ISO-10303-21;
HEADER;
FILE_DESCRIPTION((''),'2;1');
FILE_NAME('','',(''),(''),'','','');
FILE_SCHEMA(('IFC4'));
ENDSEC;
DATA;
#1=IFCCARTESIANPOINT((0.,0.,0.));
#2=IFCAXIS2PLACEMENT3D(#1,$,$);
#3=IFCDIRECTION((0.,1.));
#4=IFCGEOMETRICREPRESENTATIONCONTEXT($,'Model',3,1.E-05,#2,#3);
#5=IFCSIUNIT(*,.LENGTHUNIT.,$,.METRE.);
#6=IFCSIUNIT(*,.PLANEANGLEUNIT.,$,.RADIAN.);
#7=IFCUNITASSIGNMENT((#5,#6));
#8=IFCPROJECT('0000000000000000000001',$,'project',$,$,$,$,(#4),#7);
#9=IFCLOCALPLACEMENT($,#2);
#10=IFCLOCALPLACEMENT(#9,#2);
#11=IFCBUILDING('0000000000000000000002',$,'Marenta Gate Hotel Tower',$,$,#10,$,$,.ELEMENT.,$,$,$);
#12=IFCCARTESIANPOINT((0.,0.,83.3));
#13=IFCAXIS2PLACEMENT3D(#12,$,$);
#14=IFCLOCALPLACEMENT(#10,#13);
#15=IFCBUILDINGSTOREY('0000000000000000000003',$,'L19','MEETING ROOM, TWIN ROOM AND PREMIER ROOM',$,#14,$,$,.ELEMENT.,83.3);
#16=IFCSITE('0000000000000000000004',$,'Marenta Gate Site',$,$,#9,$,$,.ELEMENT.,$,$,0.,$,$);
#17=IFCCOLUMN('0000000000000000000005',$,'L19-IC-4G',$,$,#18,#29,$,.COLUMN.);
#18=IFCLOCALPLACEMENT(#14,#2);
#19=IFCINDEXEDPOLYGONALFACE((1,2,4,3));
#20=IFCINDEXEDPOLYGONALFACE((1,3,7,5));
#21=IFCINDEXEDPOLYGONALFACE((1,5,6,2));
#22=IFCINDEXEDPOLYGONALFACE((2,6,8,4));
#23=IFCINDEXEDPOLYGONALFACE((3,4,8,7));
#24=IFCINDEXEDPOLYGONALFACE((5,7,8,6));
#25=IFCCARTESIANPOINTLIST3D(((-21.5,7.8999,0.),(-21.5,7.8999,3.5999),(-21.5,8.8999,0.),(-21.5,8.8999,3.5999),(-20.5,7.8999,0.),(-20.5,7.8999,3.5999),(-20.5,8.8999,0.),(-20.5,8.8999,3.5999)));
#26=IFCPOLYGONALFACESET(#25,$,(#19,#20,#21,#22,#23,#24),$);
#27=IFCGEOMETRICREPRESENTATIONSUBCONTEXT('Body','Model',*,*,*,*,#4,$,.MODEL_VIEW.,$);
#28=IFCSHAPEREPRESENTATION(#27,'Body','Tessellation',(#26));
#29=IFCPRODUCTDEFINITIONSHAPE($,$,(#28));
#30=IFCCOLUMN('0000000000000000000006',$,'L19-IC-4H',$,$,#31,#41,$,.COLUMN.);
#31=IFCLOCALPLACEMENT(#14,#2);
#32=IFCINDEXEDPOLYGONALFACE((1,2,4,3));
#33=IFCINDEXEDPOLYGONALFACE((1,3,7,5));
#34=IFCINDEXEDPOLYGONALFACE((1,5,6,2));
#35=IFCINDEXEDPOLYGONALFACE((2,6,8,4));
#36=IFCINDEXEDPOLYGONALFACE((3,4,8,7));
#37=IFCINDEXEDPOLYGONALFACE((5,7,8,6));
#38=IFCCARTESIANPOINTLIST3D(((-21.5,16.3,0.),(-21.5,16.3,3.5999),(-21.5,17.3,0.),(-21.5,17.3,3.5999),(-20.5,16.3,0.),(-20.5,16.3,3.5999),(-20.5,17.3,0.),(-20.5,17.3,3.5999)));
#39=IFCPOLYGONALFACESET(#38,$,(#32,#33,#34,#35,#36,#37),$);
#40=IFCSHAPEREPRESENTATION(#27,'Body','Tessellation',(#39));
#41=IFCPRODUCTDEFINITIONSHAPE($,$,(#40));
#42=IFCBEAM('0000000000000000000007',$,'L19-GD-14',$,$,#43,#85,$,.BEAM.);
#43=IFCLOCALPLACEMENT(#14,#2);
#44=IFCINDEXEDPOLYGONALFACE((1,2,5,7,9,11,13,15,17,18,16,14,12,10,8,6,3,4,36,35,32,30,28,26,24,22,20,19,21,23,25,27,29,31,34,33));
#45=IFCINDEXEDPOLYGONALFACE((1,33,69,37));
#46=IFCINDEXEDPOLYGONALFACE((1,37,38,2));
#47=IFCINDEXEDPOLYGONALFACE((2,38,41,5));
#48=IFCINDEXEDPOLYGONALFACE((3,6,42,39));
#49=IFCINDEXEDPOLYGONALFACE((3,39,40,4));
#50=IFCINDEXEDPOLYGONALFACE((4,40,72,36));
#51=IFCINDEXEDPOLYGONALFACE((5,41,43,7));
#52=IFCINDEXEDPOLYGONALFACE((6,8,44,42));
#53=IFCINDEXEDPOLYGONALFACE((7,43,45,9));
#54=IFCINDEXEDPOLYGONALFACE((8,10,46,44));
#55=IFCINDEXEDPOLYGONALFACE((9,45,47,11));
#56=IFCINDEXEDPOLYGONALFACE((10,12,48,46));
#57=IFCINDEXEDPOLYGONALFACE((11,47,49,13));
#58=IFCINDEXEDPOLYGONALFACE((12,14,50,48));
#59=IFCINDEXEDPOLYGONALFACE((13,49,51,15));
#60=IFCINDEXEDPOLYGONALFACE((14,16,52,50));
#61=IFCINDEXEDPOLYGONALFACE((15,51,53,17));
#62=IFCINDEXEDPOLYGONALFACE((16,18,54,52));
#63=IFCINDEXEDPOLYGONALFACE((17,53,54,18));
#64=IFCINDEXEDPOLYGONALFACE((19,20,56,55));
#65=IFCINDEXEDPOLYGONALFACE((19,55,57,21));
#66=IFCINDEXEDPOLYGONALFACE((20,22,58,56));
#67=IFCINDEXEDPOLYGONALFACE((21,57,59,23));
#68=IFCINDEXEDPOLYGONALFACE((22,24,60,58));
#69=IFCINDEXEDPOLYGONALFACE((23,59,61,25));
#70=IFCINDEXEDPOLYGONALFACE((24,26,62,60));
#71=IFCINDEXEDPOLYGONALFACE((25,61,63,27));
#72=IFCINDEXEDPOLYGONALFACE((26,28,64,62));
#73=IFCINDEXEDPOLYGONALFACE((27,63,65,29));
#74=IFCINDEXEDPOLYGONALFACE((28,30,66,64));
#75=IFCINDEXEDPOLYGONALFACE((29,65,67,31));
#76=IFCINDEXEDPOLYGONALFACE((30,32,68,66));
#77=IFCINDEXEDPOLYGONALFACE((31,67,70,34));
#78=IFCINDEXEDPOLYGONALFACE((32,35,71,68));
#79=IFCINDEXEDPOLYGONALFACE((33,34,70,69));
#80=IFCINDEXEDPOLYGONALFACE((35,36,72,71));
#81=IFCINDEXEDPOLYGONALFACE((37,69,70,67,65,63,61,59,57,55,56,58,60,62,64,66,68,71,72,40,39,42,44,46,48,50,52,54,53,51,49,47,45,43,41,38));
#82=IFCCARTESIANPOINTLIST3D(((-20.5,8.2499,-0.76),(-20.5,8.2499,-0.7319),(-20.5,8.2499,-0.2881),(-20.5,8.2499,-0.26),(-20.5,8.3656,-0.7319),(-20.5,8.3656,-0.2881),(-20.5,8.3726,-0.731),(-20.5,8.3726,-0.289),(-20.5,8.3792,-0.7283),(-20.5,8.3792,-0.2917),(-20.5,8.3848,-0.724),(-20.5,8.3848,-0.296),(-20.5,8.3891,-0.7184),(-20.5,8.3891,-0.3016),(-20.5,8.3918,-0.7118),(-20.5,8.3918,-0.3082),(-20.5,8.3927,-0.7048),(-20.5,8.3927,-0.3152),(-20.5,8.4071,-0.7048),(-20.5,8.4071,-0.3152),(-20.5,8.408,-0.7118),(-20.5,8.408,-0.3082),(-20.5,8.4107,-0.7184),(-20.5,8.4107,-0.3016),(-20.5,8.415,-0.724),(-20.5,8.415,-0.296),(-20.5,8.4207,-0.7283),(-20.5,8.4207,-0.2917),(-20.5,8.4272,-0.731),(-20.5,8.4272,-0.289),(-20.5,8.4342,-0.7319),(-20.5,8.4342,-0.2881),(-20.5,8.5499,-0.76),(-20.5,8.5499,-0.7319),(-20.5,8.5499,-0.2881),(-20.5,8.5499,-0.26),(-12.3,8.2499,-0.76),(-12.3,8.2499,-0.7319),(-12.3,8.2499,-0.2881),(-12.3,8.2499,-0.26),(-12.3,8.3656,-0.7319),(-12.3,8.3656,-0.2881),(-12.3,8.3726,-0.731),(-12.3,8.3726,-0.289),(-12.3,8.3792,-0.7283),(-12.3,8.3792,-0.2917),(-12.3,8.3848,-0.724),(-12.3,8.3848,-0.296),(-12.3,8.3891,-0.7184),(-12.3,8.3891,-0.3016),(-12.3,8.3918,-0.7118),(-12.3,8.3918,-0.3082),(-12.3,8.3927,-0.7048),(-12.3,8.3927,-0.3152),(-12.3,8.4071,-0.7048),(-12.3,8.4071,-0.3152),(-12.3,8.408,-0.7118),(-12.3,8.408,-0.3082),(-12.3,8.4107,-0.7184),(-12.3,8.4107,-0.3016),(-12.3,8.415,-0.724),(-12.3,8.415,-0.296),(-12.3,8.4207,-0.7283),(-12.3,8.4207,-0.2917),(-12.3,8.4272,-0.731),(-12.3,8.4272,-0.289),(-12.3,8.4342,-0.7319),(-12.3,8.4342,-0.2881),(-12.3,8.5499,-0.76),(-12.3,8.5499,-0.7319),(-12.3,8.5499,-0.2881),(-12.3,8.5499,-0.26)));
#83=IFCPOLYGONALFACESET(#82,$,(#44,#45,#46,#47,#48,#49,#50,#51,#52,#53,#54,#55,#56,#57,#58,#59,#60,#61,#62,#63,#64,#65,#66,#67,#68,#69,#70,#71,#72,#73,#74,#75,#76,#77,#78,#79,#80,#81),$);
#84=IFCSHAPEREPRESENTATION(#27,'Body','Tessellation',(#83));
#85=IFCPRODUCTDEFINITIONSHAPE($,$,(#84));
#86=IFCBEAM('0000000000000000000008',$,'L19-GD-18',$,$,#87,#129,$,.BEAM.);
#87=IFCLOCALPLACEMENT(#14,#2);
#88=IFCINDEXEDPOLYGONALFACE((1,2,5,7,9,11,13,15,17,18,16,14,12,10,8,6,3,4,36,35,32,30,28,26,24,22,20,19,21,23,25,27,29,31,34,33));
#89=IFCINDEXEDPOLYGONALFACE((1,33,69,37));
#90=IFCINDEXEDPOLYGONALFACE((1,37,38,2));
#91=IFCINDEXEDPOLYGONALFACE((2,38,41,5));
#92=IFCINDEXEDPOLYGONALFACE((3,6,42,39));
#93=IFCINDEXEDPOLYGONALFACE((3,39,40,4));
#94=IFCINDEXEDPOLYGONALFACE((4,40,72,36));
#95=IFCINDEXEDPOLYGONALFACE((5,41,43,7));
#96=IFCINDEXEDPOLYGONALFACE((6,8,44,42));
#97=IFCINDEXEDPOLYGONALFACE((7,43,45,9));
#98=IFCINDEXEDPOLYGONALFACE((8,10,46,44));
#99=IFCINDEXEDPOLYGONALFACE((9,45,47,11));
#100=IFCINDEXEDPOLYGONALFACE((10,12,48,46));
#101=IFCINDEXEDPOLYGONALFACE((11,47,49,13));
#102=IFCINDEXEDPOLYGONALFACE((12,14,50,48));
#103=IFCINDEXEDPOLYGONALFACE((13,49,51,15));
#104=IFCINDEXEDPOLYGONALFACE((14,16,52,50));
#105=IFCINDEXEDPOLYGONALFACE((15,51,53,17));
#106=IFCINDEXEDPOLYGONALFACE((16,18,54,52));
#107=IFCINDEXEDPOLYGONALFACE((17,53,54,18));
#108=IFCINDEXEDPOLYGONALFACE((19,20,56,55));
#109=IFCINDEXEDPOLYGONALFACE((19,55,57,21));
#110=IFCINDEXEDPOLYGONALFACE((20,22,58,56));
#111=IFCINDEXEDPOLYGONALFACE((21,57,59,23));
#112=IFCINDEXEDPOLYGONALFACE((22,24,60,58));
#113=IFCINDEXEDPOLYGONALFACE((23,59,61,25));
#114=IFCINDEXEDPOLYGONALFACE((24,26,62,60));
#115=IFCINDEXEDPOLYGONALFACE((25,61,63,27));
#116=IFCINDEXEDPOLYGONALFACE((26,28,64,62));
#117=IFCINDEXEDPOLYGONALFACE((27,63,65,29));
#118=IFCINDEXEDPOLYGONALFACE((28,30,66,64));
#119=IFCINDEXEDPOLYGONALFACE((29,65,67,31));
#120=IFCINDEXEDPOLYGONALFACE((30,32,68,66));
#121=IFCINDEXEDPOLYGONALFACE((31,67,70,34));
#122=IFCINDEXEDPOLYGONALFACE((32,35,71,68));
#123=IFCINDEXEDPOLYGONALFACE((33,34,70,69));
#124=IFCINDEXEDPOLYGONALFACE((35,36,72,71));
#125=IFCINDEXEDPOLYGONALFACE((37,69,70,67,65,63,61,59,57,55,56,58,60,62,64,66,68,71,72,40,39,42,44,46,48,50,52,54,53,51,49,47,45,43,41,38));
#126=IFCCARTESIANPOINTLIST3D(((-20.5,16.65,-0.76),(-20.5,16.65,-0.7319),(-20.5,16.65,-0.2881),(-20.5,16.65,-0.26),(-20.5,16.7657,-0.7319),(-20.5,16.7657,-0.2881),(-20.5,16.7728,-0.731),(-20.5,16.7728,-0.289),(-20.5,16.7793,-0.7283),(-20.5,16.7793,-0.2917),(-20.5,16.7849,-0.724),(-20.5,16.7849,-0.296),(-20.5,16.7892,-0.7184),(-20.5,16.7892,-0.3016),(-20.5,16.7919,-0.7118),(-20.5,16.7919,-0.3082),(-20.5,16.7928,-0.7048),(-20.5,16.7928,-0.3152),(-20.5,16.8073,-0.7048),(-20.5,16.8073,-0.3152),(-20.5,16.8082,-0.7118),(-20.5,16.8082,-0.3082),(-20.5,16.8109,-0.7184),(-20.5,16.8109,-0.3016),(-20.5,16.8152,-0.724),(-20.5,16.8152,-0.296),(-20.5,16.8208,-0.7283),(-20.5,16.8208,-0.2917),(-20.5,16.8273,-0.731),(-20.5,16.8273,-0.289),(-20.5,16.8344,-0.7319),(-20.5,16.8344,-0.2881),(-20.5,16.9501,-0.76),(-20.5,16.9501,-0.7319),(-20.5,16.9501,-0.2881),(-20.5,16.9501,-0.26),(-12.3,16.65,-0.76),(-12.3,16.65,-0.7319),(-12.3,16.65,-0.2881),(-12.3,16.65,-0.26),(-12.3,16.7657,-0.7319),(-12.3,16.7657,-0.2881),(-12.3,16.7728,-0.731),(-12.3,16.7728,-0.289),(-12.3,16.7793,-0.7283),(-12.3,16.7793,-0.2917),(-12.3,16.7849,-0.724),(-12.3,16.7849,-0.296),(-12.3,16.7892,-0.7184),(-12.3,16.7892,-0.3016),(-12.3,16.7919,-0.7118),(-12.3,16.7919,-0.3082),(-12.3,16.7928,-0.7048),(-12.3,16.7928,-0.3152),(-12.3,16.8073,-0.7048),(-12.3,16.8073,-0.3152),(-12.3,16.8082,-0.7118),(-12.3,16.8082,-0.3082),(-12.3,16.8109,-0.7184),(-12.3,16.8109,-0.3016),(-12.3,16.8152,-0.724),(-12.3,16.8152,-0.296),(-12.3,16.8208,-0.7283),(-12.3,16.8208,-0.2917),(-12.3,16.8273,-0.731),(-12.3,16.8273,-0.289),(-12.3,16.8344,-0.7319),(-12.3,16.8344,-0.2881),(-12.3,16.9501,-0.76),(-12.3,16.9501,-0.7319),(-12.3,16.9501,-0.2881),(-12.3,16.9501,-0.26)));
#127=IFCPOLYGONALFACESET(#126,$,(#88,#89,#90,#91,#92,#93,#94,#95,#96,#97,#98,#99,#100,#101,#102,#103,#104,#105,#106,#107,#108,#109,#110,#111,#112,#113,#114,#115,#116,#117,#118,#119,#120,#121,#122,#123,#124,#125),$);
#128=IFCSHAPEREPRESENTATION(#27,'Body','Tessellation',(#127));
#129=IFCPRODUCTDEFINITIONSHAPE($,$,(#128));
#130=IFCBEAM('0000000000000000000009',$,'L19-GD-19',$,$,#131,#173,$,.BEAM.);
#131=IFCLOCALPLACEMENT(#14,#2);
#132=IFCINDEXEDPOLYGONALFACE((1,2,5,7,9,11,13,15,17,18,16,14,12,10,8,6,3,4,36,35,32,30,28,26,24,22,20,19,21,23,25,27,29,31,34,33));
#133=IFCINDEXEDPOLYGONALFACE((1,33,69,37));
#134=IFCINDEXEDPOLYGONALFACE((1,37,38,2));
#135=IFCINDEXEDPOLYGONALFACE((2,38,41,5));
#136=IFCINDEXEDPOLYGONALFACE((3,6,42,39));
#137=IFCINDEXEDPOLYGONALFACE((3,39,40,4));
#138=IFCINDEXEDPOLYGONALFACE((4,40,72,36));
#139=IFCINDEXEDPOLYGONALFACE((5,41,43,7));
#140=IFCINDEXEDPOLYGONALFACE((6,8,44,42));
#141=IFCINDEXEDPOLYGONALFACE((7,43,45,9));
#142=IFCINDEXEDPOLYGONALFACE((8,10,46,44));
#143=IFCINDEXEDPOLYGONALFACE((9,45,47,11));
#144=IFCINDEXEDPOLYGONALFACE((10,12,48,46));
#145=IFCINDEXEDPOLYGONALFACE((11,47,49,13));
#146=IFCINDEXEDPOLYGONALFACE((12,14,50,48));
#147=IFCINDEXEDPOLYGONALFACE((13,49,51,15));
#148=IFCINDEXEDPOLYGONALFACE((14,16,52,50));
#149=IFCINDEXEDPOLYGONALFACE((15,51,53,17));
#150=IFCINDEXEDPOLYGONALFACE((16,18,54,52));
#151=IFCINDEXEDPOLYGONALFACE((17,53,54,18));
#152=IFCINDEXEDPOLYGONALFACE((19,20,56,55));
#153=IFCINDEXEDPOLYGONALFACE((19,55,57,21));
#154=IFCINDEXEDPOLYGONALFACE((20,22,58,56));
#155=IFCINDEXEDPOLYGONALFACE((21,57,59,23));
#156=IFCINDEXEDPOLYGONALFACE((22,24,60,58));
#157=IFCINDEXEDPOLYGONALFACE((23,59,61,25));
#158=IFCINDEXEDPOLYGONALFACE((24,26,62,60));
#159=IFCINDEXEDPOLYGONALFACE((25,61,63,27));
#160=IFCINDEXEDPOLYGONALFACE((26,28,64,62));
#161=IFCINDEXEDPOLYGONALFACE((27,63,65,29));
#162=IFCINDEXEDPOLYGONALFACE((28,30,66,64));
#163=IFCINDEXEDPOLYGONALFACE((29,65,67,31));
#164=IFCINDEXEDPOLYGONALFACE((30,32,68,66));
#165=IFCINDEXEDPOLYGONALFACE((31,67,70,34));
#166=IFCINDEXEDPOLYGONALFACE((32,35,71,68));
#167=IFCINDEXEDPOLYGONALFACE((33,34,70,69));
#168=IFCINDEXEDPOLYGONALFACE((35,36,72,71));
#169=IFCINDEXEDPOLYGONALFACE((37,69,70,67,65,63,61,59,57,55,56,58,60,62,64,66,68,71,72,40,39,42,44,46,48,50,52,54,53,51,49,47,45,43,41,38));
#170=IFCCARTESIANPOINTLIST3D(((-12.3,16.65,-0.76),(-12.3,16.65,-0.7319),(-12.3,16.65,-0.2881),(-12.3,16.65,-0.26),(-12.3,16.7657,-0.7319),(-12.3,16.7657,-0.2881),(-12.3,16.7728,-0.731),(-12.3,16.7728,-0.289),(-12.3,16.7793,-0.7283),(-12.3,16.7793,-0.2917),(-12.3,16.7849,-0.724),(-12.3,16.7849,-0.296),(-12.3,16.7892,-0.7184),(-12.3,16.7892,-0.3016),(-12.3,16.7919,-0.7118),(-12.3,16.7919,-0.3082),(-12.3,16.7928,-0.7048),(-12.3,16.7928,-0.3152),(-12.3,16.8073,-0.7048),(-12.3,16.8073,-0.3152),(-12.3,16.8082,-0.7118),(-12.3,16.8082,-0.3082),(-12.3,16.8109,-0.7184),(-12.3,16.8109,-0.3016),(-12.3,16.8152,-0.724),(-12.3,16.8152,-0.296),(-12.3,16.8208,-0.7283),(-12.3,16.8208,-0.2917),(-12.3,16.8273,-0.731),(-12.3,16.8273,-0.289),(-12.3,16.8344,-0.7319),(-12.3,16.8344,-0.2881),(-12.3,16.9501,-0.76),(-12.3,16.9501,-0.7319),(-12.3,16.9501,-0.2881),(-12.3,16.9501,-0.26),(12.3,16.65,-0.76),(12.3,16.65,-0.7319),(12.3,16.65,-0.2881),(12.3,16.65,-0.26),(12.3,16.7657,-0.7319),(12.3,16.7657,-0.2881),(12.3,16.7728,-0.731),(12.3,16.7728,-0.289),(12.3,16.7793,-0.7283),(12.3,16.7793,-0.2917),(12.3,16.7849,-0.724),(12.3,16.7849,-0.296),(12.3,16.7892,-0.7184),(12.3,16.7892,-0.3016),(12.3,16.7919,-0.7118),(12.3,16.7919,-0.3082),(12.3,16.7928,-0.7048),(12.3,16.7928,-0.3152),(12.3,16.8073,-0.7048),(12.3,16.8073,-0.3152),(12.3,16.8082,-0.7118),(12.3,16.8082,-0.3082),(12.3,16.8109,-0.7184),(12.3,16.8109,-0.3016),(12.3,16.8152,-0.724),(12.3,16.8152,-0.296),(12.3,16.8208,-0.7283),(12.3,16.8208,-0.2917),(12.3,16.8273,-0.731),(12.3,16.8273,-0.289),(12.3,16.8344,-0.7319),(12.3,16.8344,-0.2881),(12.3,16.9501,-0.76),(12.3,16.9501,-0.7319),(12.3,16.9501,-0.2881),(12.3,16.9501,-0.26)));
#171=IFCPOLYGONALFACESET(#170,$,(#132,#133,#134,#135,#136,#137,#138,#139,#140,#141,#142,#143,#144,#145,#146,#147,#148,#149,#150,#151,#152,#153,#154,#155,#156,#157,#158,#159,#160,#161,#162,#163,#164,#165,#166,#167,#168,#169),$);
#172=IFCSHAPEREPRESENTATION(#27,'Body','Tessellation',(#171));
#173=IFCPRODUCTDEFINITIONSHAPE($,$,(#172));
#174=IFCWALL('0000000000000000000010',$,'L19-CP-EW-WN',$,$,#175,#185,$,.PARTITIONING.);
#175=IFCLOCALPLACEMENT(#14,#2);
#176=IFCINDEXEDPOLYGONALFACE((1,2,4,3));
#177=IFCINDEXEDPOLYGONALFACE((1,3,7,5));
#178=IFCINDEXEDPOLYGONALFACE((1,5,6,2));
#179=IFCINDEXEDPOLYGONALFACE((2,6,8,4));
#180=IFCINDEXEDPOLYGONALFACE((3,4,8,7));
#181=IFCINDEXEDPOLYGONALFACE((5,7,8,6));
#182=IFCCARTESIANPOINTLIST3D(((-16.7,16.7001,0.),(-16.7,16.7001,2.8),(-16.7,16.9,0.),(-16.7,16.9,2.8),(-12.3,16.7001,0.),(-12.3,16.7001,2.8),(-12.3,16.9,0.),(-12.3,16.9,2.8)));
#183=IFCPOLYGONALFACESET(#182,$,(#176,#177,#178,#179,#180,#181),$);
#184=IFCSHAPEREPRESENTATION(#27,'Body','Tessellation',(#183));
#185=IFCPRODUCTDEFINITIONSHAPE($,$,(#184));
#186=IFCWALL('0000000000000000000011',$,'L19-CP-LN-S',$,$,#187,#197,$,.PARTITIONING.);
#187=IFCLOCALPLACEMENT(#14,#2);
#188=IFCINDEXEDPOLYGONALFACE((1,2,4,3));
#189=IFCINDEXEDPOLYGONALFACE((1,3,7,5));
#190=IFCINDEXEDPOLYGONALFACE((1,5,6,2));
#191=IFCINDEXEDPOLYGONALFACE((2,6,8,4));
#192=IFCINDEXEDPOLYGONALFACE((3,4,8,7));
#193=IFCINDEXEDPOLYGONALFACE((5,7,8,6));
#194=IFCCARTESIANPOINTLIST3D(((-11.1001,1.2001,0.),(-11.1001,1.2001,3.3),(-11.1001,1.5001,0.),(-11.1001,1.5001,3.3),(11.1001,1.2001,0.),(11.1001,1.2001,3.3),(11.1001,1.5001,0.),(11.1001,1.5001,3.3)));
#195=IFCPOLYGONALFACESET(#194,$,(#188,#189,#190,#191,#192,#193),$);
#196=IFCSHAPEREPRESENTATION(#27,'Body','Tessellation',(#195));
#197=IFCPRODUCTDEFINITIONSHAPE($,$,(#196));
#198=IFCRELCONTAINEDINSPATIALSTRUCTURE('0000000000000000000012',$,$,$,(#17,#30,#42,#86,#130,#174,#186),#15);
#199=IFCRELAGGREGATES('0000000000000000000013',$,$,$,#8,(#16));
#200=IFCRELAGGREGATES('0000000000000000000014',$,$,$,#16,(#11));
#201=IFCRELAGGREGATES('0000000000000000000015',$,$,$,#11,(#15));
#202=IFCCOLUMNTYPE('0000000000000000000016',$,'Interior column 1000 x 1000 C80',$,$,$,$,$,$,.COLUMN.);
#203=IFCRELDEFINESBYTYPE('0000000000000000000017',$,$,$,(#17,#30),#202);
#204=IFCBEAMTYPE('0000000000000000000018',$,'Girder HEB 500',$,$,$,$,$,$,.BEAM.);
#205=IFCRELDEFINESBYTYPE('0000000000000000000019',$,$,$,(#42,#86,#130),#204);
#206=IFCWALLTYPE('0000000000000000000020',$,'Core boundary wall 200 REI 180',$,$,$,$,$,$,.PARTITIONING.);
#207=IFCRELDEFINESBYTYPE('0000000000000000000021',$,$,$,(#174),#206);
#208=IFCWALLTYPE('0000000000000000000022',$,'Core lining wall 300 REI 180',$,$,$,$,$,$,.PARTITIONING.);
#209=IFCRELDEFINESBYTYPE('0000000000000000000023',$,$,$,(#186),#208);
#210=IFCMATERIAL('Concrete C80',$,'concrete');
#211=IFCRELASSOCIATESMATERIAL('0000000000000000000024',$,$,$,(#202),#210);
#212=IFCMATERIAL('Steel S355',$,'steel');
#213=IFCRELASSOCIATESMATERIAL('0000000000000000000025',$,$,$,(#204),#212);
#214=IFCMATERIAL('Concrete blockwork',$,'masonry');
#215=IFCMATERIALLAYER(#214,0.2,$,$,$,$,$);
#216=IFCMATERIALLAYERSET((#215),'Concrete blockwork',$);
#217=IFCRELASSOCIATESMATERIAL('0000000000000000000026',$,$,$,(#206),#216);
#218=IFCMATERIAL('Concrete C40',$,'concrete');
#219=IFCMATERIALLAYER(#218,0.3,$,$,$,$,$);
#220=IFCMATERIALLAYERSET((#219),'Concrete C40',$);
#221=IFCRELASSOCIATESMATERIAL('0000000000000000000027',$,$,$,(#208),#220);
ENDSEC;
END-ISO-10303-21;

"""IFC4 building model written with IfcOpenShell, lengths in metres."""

from ifc_helpers import new_model, si_unit, direction, frame, frame_2d, origin, origin_2d, place, context, subcontext, project, spatial, rectangle, i_section, extrude, material, layer, layer_set, material_profile, profile_set, type_object, element, save


model = new_model("IFC4")

# Units and contexts
model_context = context("Model", 3, precision=1e-05, world=origin(), true_north=direction((0.0, 1.0)))
body_context = subcontext(model_context, "Body", "Model", "MODEL_VIEW")
ifc_project = project(units=[si_unit("LENGTHUNIT", "METRE"), si_unit("PLANEANGLEUNIT", "RADIAN")], contexts=[model_context])

# Site, building, storey
site_placement = place(None, origin())
site = spatial("IfcSite", under=ifc_project, at=site_placement, Name="Marenta Gate Site", CompositionType="ELEMENT", RefElevation=0.0)
building_placement = place(site_placement, origin())
building = spatial("IfcBuilding", under=site, at=building_placement, Name="Marenta Gate Hotel Tower", CompositionType="ELEMENT")
storey_placement = place(building_placement, frame((0.0, 0.0, 83.3)))
storey = spatial("IfcBuildingStorey", under=building, at=storey_placement, Name="L19", Description="MEETING ROOM, TWIN ROOM AND PREMIER ROOM", CompositionType="ELEMENT", Elevation=83.3)

# Columns
ifc_material_1 = material(Name="Concrete C80", Category="concrete")
ifc_material_profile_1 = material_profile(ifc_material_1, rectangle(XDim=1.0, YDim=1.0, at=origin_2d()), Name="1000 x 1000")
ifc_profile_set_1 = profile_set([ifc_material_profile_1], Name="Concrete C80")
column_type = type_object("IfcColumnType", Name="Interior column 1000 x 1000 C80", PredefinedType="COLUMN", material=ifc_profile_set_1)
for number, where, z_axis, x_axis, name in (
    (1, (-21.0, 8.3999, 0.0), (0.0, 0.0, 1.0), (1.0, 0.0, 0.0), "L19-IC-4G"),
    (2, (-21.0, 16.8, 0.0), (0.0, 0.0, 1.0), (1.0, 0.0, 0.0), "L19-IC-4H"),
):
    element("IfcColumn", number, at=place(storey_placement, frame(where, z_axis=z_axis, x_axis=x_axis)), inside=storey, type_object=column_type, Name=name, PredefinedType="COLUMN", context=body_context, shape_type="SweptSolid", body=[
        extrude(rectangle(XDim=1.0, YDim=1.0, at=origin_2d()), origin(), (0.0, 0.0, 1.0), 3.5999),
    ])

# Beams
ifc_material_2 = material(Name="Steel S355", Category="steel")
ifc_material_profile_2 = material_profile(ifc_material_2, i_section(OverallWidth=0.3, OverallDepth=0.5, WebThickness=0.0144, FlangeThickness=0.0281, FilletRadius=0.0271, at=origin_2d()), Name="HEB 500")
ifc_profile_set_2 = profile_set([ifc_material_profile_2], Name="Steel S355")
beam_type = type_object("IfcBeamType", Name="Girder HEB 500", PredefinedType="BEAM", material=ifc_profile_set_2)
for number, where, z_axis, x_axis, name in (
    (3, (-20.5, 8.3999, -0.51), (1.0, 0.0, 0.0), (0.0, 1.0, 0.0), "L19-GD-14"),
    (4, (-20.5, 16.8, -0.51), (1.0, 0.0, 0.0), (0.0, 1.0, 0.0), "L19-GD-18"),
):
    element("IfcBeam", number, at=place(storey_placement, frame(where, z_axis=z_axis, x_axis=x_axis)), inside=storey, type_object=beam_type, Name=name, PredefinedType="BEAM", context=body_context, shape_type="SweptSolid", body=[
        extrude(i_section(OverallWidth=0.3, OverallDepth=0.5, WebThickness=0.0144, FlangeThickness=0.0281, FilletRadius=0.0271, at=origin_2d()), origin(), (0.0, 0.0, 1.0), 8.2),
    ])
beam_placement = place(storey_placement, frame((-12.3, 16.8, -0.51), z_axis=(1.0, 0.0, 0.0), x_axis=(0.0, 1.0, 0.0)))
element("IfcBeam", 5, at=beam_placement, inside=storey, type_object=beam_type, Name="L19-GD-19", PredefinedType="BEAM", context=body_context, shape_type="SweptSolid", body=[
    extrude(i_section(OverallWidth=0.3, OverallDepth=0.5, WebThickness=0.0144, FlangeThickness=0.0281, FilletRadius=0.0271, at=origin_2d()), origin(), (0.0, 0.0, 1.0), 24.6001),
])

# Walls
ifc_material_3 = material(Name="Concrete blockwork", Category="masonry")
ifc_layer_1 = layer(ifc_material_3, 0.2)
ifc_layer_set_1 = layer_set([ifc_layer_1], Name="Concrete blockwork")
wall_type_1 = type_object("IfcWallType", Name="Core boundary wall 200 REI 180", PredefinedType="PARTITIONING", material=ifc_layer_set_1)
wall_1_placement = place(storey_placement, frame((-16.7, 16.8, 0.0), z_axis=(0.0, 0.0, 1.0), x_axis=(1.0, 0.0, 0.0)))
element("IfcWall", 6, at=wall_1_placement, inside=storey, type_object=wall_type_1, Name="L19-CP-EW-WN", PredefinedType="PARTITIONING", context=body_context, shape_type="SweptSolid", body=[
    extrude(rectangle(XDim=4.3999, YDim=0.2, at=frame_2d((2.2, 0.0))), origin(), (0.0, 0.0, 1.0), 2.8),
])
ifc_material_4 = material(Name="Concrete C40", Category="concrete")
ifc_layer_2 = layer(ifc_material_4, 0.3)
ifc_layer_set_2 = layer_set([ifc_layer_2], Name="Concrete C40")
wall_type_2 = type_object("IfcWallType", Name="Core lining wall 300 REI 180", PredefinedType="PARTITIONING", material=ifc_layer_set_2)
for number, where, z_axis, x_axis, name in (
    (7, (-11.1001, 1.3501, 0.0), (0.0, 0.0, 1.0), (1.0, 0.0, 0.0), "L19-CP-LN-S"),
):
    element("IfcWall", number, at=place(storey_placement, frame(where, z_axis=z_axis, x_axis=x_axis)), inside=storey, type_object=wall_type_2, Name=name, PredefinedType="PARTITIONING", context=body_context, shape_type="SweptSolid", body=[
        extrude(rectangle(XDim=22.2002, YDim=0.3, at=frame_2d((11.1001, 0.0))), origin(), (0.0, 0.0, 1.0), 3.3),
    ])

save(model, "model.ifc")
